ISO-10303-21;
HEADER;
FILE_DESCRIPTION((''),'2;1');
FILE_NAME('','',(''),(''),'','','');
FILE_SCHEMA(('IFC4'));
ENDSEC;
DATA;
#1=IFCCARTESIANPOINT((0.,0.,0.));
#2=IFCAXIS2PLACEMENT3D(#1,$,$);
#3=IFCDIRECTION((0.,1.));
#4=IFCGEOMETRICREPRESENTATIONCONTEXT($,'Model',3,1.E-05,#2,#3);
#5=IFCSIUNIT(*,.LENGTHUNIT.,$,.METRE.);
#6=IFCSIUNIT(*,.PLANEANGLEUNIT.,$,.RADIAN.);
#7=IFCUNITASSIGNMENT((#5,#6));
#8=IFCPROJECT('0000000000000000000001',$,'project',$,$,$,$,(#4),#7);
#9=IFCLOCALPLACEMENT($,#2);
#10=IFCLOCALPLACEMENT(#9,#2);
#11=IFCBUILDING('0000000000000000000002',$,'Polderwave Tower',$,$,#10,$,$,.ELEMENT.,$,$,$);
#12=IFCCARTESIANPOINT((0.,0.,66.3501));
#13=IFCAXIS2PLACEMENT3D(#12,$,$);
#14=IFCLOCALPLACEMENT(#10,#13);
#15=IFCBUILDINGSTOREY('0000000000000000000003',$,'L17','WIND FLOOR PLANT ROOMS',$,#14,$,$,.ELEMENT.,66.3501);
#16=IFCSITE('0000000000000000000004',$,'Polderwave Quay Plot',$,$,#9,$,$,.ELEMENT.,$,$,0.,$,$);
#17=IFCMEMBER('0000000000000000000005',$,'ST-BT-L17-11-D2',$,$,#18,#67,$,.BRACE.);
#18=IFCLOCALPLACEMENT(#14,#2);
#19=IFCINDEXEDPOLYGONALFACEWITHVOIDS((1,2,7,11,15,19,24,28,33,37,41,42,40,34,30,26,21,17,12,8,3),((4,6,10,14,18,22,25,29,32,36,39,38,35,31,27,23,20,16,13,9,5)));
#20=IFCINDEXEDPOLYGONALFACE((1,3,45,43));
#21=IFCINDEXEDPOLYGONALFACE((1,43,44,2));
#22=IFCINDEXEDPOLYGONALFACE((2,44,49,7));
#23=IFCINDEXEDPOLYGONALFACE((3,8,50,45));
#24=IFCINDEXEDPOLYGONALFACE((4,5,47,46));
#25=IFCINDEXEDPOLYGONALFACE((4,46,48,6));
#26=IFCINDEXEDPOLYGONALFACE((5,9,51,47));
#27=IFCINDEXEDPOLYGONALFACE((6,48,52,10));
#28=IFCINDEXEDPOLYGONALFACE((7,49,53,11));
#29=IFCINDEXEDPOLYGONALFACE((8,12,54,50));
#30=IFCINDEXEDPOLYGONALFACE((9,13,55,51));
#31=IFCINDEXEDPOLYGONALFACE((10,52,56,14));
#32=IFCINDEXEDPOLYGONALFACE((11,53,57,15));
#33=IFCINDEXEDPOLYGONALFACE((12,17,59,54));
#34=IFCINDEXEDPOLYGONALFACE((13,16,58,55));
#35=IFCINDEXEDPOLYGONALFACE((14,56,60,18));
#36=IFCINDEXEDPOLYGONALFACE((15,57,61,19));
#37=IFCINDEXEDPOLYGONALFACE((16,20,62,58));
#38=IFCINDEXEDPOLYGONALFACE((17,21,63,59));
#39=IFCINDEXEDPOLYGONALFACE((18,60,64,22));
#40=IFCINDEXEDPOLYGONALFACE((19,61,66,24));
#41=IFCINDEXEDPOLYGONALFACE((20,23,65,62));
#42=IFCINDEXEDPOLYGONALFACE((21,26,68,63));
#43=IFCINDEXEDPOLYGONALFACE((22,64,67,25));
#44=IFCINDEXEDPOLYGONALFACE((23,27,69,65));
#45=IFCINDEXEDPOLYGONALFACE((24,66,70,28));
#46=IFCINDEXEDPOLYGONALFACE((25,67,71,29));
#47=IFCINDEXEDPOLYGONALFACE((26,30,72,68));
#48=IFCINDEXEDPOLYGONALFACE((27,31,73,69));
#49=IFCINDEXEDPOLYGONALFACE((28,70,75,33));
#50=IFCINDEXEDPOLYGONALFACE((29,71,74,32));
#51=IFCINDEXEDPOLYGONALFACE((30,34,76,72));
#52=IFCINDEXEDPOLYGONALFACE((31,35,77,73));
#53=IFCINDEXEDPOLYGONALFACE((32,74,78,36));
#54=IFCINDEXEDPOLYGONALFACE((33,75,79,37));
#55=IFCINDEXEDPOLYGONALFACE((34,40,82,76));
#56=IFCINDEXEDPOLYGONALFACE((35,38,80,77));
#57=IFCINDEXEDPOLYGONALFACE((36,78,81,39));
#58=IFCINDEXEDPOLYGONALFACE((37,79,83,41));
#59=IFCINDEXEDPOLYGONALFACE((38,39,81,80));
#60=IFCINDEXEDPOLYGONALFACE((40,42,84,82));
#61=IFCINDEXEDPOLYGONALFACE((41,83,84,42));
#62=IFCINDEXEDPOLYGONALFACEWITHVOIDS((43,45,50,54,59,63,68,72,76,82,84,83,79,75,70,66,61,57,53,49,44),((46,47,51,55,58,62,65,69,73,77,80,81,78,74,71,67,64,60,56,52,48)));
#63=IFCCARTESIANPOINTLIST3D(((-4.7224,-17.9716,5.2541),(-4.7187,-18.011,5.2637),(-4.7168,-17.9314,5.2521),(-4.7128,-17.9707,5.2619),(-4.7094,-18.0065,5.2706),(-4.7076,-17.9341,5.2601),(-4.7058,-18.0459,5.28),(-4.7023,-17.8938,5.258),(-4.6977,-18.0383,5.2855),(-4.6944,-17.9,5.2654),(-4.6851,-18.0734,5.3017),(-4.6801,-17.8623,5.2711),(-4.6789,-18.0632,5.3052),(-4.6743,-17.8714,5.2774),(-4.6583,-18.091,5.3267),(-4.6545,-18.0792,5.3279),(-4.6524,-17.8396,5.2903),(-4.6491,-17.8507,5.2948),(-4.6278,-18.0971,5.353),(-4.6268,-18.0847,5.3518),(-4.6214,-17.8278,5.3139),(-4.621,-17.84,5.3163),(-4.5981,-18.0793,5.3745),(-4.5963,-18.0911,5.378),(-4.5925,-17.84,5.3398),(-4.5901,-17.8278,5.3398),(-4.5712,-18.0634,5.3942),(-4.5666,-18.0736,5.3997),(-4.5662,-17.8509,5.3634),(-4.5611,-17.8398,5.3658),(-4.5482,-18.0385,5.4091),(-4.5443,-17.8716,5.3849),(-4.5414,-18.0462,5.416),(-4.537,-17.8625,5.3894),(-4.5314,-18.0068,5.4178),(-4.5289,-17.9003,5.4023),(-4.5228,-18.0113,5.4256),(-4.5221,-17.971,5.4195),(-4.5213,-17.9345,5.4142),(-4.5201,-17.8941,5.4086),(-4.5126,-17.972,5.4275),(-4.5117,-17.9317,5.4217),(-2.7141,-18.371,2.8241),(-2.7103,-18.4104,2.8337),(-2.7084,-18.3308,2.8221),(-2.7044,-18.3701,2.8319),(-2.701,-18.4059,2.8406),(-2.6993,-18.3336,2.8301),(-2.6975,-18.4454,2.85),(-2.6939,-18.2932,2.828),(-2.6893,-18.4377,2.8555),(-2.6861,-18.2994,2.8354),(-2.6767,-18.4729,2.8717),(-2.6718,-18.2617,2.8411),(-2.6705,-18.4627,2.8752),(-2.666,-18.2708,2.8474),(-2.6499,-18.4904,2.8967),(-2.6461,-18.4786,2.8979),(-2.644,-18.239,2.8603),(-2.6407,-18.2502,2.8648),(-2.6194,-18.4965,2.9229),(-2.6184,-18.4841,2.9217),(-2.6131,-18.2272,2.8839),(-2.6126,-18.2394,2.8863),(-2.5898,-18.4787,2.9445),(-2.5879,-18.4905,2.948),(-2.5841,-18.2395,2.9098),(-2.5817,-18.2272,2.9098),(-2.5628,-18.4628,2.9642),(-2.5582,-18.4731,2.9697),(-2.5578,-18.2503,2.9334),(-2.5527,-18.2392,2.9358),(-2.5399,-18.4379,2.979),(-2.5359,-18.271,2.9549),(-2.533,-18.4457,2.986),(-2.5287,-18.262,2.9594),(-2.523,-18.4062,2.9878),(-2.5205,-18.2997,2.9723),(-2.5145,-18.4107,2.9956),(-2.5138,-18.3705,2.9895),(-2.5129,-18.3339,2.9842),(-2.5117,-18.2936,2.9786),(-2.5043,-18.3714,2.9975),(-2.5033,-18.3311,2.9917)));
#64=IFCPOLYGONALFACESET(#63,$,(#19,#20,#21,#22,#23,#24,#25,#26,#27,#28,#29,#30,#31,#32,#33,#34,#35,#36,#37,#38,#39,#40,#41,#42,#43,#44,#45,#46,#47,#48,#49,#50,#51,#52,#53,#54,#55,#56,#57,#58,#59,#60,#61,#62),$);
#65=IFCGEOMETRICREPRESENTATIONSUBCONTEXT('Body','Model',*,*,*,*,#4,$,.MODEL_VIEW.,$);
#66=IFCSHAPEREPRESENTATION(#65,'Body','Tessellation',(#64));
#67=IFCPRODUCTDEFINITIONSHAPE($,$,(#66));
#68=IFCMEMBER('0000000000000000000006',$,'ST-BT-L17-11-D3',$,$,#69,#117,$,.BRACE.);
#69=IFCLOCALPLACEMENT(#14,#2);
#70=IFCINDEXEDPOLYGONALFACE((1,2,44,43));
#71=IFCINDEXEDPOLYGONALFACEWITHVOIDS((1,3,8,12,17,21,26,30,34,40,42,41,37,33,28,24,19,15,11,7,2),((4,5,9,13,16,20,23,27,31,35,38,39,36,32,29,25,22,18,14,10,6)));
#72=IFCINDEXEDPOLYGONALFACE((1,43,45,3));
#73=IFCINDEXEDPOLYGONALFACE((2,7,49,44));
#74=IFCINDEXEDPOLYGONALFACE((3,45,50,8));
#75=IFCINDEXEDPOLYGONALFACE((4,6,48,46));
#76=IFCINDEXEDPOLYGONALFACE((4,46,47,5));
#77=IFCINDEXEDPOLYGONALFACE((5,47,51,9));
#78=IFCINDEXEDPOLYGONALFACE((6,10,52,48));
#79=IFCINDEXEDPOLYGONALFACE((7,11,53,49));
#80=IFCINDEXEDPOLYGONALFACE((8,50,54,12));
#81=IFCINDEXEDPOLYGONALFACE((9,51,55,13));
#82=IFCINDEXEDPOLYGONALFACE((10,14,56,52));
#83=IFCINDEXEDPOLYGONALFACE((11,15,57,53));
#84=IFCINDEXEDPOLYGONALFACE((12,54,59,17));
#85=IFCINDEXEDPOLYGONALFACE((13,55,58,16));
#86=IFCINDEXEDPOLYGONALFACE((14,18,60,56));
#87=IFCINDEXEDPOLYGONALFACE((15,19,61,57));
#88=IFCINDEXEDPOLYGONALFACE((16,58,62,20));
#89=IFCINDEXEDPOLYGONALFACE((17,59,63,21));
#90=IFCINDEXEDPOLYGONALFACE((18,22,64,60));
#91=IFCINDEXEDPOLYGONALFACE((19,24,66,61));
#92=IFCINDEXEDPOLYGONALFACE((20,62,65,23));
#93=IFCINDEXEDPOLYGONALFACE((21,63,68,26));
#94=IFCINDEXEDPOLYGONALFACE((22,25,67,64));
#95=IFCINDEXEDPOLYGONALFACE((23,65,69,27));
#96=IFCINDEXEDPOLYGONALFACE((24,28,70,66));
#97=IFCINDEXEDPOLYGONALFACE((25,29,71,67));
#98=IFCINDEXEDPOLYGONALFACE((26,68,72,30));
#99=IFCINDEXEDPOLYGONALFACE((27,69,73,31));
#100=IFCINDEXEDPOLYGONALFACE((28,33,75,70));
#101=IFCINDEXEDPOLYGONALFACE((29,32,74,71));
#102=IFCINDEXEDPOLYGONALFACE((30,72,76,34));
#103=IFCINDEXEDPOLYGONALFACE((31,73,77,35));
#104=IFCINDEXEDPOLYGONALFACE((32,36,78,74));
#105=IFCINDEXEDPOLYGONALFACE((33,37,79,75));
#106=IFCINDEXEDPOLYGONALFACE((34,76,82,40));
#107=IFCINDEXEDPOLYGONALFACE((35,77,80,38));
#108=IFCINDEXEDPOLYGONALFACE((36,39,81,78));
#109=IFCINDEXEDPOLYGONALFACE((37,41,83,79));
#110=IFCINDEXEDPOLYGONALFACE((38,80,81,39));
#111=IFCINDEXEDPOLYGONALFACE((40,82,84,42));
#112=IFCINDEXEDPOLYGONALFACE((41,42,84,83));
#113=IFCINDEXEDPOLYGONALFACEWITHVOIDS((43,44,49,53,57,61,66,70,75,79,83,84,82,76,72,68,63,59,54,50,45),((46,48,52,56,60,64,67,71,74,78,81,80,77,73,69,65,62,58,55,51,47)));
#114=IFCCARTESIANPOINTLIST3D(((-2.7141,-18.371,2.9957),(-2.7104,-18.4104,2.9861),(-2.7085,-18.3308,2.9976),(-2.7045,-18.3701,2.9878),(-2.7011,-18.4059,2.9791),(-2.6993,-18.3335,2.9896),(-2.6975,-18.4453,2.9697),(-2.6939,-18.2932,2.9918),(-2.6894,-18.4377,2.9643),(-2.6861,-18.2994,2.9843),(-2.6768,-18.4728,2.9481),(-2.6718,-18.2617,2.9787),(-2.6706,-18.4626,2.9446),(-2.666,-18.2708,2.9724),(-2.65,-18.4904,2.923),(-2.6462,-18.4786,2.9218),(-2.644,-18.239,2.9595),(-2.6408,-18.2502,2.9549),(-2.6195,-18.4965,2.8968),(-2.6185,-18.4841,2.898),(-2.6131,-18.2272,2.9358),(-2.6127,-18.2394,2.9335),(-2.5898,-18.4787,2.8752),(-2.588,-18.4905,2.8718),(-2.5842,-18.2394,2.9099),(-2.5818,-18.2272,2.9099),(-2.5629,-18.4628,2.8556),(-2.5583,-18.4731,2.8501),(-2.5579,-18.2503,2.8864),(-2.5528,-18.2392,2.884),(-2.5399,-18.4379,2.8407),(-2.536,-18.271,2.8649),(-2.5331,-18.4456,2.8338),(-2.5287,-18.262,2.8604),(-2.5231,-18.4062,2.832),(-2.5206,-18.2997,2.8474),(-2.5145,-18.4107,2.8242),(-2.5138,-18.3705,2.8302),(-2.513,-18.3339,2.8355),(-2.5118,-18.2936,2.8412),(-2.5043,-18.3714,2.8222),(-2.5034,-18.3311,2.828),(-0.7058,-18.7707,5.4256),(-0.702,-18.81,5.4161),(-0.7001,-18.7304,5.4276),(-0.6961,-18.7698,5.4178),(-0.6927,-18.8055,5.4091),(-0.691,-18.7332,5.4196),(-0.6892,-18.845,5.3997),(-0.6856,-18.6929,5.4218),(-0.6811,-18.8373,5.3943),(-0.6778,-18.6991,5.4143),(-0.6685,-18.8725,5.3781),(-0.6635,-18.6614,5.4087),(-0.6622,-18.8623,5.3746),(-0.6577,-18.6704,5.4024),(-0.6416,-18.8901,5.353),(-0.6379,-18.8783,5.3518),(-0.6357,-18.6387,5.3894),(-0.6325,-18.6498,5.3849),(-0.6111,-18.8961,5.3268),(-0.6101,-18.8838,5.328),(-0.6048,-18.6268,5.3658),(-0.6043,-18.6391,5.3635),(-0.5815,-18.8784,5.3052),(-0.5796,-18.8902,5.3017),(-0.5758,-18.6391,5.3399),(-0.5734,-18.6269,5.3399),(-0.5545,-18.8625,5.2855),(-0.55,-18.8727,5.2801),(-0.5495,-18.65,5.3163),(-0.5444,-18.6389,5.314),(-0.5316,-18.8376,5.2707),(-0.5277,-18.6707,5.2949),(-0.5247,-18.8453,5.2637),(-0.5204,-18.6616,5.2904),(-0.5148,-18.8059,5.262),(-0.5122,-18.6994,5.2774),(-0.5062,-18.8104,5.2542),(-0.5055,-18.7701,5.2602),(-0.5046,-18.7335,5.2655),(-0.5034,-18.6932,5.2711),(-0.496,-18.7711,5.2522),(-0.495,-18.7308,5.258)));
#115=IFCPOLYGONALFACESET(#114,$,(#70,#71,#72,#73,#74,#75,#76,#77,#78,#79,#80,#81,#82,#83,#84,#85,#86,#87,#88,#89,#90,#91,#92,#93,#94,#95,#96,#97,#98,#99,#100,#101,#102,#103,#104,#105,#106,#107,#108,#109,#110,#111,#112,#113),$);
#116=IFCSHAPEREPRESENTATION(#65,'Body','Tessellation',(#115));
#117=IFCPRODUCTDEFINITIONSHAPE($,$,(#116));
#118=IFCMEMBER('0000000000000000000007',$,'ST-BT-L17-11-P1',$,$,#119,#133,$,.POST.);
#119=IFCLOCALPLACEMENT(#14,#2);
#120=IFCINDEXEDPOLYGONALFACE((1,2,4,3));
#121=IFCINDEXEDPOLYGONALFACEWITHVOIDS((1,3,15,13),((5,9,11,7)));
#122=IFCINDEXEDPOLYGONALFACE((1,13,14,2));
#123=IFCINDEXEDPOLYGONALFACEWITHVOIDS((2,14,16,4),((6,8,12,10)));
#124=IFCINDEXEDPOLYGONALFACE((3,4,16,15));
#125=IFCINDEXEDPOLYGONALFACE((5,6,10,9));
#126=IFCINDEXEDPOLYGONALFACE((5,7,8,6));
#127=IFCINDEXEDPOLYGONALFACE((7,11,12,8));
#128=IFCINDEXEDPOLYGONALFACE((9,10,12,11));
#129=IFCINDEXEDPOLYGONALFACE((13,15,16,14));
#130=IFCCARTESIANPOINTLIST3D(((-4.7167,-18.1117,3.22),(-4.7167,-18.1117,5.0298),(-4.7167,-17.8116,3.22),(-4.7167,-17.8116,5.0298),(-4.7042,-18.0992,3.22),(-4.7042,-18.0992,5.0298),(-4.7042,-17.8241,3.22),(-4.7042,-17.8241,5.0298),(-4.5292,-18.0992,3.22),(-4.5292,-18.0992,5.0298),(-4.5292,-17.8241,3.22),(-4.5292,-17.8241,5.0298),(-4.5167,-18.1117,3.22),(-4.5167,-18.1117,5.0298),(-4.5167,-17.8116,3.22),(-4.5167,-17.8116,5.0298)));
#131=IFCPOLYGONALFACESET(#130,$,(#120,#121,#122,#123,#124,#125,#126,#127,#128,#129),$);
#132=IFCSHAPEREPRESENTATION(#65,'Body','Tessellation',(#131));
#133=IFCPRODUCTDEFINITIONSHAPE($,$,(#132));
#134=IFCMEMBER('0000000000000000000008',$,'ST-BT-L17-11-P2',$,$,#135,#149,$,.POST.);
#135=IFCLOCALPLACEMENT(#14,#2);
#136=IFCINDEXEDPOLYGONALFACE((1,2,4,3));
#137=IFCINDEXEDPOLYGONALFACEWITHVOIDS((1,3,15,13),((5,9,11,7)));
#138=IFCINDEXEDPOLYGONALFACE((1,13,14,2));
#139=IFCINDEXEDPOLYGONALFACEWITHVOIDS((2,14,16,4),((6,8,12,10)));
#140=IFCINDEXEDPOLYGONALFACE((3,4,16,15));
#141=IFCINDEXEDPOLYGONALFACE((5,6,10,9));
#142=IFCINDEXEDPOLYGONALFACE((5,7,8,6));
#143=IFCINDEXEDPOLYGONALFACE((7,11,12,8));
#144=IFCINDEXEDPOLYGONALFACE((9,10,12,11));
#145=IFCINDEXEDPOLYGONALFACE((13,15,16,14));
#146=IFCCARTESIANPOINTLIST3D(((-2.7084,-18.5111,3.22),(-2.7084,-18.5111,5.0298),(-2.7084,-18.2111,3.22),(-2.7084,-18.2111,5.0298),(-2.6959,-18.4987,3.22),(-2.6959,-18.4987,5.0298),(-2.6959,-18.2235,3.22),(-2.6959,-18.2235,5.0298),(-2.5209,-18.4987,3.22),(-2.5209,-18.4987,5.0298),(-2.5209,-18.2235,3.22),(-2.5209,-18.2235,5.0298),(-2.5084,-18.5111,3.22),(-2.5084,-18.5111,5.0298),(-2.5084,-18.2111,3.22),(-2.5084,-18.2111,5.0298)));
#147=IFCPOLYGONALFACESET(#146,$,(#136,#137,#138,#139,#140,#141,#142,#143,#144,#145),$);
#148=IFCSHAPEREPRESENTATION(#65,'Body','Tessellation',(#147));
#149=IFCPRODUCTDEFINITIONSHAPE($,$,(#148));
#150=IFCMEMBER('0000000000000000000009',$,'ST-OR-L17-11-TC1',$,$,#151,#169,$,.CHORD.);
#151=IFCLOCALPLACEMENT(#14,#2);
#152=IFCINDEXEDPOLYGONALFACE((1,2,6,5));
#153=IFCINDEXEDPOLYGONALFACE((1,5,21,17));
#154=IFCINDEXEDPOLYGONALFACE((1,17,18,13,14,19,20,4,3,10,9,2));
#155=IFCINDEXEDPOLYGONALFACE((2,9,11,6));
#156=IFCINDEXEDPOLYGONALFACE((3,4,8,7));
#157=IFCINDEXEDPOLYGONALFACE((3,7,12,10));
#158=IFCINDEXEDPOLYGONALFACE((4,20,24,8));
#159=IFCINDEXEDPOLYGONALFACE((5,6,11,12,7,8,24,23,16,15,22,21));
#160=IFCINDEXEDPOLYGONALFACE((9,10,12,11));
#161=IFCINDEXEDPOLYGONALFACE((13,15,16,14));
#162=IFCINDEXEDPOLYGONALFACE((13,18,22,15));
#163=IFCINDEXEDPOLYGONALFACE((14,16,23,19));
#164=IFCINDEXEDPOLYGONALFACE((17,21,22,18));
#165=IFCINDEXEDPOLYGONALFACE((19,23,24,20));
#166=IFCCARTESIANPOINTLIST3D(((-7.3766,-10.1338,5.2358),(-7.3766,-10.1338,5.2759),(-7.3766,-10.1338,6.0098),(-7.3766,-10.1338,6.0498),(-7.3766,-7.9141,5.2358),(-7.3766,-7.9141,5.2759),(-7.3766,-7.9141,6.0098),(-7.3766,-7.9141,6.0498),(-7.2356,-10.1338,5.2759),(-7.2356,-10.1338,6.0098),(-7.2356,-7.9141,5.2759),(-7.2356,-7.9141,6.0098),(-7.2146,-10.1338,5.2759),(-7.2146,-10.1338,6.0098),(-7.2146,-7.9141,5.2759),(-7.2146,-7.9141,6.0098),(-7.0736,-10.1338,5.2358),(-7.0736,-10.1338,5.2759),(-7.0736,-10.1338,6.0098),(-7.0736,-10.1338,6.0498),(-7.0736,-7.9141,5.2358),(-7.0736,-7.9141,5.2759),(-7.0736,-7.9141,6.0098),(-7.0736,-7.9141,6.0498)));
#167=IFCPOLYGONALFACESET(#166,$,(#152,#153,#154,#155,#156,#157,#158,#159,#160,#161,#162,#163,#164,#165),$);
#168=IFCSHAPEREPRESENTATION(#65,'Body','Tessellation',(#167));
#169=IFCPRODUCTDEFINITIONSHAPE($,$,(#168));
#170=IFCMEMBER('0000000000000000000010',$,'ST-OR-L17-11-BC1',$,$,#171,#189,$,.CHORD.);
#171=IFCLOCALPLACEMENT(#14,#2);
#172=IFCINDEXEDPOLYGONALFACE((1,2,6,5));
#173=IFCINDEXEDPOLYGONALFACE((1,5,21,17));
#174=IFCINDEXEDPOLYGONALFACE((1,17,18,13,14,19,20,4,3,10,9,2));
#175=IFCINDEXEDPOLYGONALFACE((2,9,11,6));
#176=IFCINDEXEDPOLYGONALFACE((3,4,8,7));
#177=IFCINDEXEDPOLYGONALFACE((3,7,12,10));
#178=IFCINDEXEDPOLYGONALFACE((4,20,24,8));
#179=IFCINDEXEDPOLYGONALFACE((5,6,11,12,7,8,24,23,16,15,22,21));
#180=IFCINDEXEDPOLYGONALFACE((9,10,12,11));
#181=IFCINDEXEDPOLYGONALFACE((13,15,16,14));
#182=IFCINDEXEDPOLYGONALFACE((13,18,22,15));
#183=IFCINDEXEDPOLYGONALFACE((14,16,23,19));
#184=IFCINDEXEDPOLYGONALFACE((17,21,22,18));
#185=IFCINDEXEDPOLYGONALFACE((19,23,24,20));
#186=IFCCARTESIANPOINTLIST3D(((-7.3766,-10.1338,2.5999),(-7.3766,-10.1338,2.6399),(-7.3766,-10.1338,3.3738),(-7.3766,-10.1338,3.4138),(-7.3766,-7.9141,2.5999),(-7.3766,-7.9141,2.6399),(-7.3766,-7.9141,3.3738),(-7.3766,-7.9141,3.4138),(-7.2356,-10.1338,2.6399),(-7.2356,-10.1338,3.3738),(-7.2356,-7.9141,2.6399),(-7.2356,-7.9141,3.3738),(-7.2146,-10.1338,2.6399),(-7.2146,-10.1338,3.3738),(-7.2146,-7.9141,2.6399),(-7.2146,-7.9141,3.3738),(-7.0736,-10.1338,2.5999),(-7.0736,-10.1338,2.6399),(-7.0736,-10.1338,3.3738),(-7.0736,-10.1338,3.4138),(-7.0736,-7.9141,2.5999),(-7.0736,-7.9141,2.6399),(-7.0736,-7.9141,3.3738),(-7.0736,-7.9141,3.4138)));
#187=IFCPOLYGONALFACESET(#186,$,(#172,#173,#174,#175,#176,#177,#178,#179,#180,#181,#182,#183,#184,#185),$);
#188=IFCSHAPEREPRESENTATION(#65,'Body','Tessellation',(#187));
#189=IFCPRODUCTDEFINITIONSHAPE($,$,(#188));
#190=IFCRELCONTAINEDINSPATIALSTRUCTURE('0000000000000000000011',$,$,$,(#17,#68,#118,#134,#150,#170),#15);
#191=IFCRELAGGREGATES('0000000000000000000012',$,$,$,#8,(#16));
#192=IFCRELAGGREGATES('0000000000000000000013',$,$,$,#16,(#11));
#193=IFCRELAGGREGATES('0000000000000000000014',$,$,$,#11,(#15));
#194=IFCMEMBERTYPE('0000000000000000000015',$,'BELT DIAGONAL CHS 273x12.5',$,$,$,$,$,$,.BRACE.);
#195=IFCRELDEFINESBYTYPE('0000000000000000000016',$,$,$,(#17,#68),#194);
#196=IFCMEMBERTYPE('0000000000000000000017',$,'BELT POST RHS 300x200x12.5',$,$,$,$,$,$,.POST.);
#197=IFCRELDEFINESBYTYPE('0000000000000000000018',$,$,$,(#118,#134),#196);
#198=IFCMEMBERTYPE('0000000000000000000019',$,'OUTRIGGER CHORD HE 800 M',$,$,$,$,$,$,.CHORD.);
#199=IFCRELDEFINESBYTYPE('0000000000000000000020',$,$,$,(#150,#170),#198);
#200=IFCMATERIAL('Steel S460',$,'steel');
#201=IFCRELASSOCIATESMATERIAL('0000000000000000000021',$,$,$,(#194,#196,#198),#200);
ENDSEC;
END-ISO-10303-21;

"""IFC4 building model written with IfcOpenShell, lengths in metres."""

from ifc_helpers import new_model, si_unit, direction, frame, origin, origin_2d, place, context, subcontext, project, spatial, hollow_rectangle, hollow_circle, i_section, extrude, material, material_profile, profile_set, type_object, element, save


model = new_model("IFC4")

# Units and contexts
model_context = context("Model", 3, precision=1e-05, world=origin(), true_north=direction((0.0, 1.0)))
body_context = subcontext(model_context, "Body", "Model", "MODEL_VIEW")
ifc_project = project(units=[si_unit("LENGTHUNIT", "METRE"), si_unit("PLANEANGLEUNIT", "RADIAN")], contexts=[model_context])

# Site, building, storey
site_placement = place(None, origin())
site = spatial("IfcSite", under=ifc_project, at=site_placement, Name="Polderwave Quay Plot", CompositionType="ELEMENT", RefElevation=0.0)
building_placement = place(site_placement, origin())
building = spatial("IfcBuilding", under=site, at=building_placement, Name="Polderwave Tower", CompositionType="ELEMENT")
storey_placement = place(building_placement, frame((0.0, 0.0, 66.3501)))
storey = spatial("IfcBuildingStorey", under=building, at=storey_placement, Name="L17", Description="WIND FLOOR PLANT ROOMS", CompositionType="ELEMENT", Elevation=66.3501)

# Members
ifc_material_1 = material(Name="Steel S460", Category="steel")
ifc_material_profile_1 = material_profile(ifc_material_1, hollow_circle(Radius=0.1365, WallThickness=0.0125, at=origin_2d()), Name="CHS 273x12.5")
ifc_profile_set_1 = profile_set([ifc_material_profile_1], Name="Steel S460")
member_type_1 = type_object("IfcMemberType", Name="BELT DIAGONAL CHS 273x12.5", PredefinedType="BRACE", material=ifc_profile_set_1)
for number, where, z_axis, x_axis, name in (
    (1, (-4.6167, -17.9617, 5.3398), (0.632011, -0.125695, -0.764698), (0.195061, 0.980791, 0.0), "ST-BT-L17-11-D2"),
    (2, (-2.6084, -18.3611, 2.9099), (0.632005, -0.125771, 0.764691), (0.195176, 0.980768, 0.0), "ST-BT-L17-11-D3"),
):
    element("IfcMember", number, at=place(storey_placement, frame(where, z_axis=z_axis, x_axis=x_axis)), inside=storey, type_object=member_type_1, Name=name, PredefinedType="BRACE", context=body_context, shape_type="SweptSolid", body=[
        extrude(hollow_circle(Radius=0.1365, WallThickness=0.0125, at=origin_2d()), origin(), (0.0, 0.0, 1.0), 3.1777),
    ])
ifc_material_profile_2 = material_profile(ifc_material_1, hollow_rectangle(XDim=0.2, YDim=0.3, WallThickness=0.0125, at=origin_2d()), Name="RHS 300x200x12.5")
ifc_profile_set_2 = profile_set([ifc_material_profile_2], Name="Steel S460")
member_type_2 = type_object("IfcMemberType", Name="BELT POST RHS 300x200x12.5", PredefinedType="POST", material=ifc_profile_set_2)
for number, where, z_axis, x_axis, name in (
    (3, (-4.6167, -17.9617, 3.22), (0.0, 0.0, 1.0), (1.0, 0.0, 0.0), "ST-BT-L17-11-P1"),
    (4, (-2.6084, -18.3611, 3.22), (0.0, 0.0, 1.0), (1.0, 0.0, 0.0), "ST-BT-L17-11-P2"),
):
    element("IfcMember", number, at=place(storey_placement, frame(where, z_axis=z_axis, x_axis=x_axis)), inside=storey, type_object=member_type_2, Name=name, PredefinedType="POST", context=body_context, shape_type="SweptSolid", body=[
        extrude(hollow_rectangle(XDim=0.2, YDim=0.3, WallThickness=0.0125, at=origin_2d()), origin(), (0.0, 0.0, 1.0), 1.8098),
    ])
ifc_material_profile_3 = material_profile(ifc_material_1, i_section(OverallWidth=0.303, OverallDepth=0.814, WebThickness=0.021, FlangeThickness=0.04, at=origin_2d()), Name="HE 800 M")
ifc_profile_set_3 = profile_set([ifc_material_profile_3], Name="Steel S460")
member_type_3 = type_object("IfcMemberType", Name="OUTRIGGER CHORD HE 800 M", PredefinedType="CHORD", material=ifc_profile_set_3)
for number, where, z_axis, x_axis, name in (
    (5, (-7.2251, -7.9141, 5.6428), (0.0, -1.0, 0.0), (1.0, 0.0, 0.0), "ST-OR-L17-11-TC1"),
    (6, (-7.2251, -7.9141, 3.0068), (0.0, -1.0, 0.0), (1.0, 0.0, 0.0), "ST-OR-L17-11-BC1"),
):
    element("IfcMember", number, at=place(storey_placement, frame(where, z_axis=z_axis, x_axis=x_axis)), inside=storey, type_object=member_type_3, Name=name, PredefinedType="CHORD", context=body_context, shape_type="SweptSolid", body=[
        extrude(i_section(OverallWidth=0.303, OverallDepth=0.814, WebThickness=0.021, FlangeThickness=0.04, at=origin_2d()), origin(), (0.0, 0.0, 1.0), 2.2197),
    ])

save(model, "model.ifc")
